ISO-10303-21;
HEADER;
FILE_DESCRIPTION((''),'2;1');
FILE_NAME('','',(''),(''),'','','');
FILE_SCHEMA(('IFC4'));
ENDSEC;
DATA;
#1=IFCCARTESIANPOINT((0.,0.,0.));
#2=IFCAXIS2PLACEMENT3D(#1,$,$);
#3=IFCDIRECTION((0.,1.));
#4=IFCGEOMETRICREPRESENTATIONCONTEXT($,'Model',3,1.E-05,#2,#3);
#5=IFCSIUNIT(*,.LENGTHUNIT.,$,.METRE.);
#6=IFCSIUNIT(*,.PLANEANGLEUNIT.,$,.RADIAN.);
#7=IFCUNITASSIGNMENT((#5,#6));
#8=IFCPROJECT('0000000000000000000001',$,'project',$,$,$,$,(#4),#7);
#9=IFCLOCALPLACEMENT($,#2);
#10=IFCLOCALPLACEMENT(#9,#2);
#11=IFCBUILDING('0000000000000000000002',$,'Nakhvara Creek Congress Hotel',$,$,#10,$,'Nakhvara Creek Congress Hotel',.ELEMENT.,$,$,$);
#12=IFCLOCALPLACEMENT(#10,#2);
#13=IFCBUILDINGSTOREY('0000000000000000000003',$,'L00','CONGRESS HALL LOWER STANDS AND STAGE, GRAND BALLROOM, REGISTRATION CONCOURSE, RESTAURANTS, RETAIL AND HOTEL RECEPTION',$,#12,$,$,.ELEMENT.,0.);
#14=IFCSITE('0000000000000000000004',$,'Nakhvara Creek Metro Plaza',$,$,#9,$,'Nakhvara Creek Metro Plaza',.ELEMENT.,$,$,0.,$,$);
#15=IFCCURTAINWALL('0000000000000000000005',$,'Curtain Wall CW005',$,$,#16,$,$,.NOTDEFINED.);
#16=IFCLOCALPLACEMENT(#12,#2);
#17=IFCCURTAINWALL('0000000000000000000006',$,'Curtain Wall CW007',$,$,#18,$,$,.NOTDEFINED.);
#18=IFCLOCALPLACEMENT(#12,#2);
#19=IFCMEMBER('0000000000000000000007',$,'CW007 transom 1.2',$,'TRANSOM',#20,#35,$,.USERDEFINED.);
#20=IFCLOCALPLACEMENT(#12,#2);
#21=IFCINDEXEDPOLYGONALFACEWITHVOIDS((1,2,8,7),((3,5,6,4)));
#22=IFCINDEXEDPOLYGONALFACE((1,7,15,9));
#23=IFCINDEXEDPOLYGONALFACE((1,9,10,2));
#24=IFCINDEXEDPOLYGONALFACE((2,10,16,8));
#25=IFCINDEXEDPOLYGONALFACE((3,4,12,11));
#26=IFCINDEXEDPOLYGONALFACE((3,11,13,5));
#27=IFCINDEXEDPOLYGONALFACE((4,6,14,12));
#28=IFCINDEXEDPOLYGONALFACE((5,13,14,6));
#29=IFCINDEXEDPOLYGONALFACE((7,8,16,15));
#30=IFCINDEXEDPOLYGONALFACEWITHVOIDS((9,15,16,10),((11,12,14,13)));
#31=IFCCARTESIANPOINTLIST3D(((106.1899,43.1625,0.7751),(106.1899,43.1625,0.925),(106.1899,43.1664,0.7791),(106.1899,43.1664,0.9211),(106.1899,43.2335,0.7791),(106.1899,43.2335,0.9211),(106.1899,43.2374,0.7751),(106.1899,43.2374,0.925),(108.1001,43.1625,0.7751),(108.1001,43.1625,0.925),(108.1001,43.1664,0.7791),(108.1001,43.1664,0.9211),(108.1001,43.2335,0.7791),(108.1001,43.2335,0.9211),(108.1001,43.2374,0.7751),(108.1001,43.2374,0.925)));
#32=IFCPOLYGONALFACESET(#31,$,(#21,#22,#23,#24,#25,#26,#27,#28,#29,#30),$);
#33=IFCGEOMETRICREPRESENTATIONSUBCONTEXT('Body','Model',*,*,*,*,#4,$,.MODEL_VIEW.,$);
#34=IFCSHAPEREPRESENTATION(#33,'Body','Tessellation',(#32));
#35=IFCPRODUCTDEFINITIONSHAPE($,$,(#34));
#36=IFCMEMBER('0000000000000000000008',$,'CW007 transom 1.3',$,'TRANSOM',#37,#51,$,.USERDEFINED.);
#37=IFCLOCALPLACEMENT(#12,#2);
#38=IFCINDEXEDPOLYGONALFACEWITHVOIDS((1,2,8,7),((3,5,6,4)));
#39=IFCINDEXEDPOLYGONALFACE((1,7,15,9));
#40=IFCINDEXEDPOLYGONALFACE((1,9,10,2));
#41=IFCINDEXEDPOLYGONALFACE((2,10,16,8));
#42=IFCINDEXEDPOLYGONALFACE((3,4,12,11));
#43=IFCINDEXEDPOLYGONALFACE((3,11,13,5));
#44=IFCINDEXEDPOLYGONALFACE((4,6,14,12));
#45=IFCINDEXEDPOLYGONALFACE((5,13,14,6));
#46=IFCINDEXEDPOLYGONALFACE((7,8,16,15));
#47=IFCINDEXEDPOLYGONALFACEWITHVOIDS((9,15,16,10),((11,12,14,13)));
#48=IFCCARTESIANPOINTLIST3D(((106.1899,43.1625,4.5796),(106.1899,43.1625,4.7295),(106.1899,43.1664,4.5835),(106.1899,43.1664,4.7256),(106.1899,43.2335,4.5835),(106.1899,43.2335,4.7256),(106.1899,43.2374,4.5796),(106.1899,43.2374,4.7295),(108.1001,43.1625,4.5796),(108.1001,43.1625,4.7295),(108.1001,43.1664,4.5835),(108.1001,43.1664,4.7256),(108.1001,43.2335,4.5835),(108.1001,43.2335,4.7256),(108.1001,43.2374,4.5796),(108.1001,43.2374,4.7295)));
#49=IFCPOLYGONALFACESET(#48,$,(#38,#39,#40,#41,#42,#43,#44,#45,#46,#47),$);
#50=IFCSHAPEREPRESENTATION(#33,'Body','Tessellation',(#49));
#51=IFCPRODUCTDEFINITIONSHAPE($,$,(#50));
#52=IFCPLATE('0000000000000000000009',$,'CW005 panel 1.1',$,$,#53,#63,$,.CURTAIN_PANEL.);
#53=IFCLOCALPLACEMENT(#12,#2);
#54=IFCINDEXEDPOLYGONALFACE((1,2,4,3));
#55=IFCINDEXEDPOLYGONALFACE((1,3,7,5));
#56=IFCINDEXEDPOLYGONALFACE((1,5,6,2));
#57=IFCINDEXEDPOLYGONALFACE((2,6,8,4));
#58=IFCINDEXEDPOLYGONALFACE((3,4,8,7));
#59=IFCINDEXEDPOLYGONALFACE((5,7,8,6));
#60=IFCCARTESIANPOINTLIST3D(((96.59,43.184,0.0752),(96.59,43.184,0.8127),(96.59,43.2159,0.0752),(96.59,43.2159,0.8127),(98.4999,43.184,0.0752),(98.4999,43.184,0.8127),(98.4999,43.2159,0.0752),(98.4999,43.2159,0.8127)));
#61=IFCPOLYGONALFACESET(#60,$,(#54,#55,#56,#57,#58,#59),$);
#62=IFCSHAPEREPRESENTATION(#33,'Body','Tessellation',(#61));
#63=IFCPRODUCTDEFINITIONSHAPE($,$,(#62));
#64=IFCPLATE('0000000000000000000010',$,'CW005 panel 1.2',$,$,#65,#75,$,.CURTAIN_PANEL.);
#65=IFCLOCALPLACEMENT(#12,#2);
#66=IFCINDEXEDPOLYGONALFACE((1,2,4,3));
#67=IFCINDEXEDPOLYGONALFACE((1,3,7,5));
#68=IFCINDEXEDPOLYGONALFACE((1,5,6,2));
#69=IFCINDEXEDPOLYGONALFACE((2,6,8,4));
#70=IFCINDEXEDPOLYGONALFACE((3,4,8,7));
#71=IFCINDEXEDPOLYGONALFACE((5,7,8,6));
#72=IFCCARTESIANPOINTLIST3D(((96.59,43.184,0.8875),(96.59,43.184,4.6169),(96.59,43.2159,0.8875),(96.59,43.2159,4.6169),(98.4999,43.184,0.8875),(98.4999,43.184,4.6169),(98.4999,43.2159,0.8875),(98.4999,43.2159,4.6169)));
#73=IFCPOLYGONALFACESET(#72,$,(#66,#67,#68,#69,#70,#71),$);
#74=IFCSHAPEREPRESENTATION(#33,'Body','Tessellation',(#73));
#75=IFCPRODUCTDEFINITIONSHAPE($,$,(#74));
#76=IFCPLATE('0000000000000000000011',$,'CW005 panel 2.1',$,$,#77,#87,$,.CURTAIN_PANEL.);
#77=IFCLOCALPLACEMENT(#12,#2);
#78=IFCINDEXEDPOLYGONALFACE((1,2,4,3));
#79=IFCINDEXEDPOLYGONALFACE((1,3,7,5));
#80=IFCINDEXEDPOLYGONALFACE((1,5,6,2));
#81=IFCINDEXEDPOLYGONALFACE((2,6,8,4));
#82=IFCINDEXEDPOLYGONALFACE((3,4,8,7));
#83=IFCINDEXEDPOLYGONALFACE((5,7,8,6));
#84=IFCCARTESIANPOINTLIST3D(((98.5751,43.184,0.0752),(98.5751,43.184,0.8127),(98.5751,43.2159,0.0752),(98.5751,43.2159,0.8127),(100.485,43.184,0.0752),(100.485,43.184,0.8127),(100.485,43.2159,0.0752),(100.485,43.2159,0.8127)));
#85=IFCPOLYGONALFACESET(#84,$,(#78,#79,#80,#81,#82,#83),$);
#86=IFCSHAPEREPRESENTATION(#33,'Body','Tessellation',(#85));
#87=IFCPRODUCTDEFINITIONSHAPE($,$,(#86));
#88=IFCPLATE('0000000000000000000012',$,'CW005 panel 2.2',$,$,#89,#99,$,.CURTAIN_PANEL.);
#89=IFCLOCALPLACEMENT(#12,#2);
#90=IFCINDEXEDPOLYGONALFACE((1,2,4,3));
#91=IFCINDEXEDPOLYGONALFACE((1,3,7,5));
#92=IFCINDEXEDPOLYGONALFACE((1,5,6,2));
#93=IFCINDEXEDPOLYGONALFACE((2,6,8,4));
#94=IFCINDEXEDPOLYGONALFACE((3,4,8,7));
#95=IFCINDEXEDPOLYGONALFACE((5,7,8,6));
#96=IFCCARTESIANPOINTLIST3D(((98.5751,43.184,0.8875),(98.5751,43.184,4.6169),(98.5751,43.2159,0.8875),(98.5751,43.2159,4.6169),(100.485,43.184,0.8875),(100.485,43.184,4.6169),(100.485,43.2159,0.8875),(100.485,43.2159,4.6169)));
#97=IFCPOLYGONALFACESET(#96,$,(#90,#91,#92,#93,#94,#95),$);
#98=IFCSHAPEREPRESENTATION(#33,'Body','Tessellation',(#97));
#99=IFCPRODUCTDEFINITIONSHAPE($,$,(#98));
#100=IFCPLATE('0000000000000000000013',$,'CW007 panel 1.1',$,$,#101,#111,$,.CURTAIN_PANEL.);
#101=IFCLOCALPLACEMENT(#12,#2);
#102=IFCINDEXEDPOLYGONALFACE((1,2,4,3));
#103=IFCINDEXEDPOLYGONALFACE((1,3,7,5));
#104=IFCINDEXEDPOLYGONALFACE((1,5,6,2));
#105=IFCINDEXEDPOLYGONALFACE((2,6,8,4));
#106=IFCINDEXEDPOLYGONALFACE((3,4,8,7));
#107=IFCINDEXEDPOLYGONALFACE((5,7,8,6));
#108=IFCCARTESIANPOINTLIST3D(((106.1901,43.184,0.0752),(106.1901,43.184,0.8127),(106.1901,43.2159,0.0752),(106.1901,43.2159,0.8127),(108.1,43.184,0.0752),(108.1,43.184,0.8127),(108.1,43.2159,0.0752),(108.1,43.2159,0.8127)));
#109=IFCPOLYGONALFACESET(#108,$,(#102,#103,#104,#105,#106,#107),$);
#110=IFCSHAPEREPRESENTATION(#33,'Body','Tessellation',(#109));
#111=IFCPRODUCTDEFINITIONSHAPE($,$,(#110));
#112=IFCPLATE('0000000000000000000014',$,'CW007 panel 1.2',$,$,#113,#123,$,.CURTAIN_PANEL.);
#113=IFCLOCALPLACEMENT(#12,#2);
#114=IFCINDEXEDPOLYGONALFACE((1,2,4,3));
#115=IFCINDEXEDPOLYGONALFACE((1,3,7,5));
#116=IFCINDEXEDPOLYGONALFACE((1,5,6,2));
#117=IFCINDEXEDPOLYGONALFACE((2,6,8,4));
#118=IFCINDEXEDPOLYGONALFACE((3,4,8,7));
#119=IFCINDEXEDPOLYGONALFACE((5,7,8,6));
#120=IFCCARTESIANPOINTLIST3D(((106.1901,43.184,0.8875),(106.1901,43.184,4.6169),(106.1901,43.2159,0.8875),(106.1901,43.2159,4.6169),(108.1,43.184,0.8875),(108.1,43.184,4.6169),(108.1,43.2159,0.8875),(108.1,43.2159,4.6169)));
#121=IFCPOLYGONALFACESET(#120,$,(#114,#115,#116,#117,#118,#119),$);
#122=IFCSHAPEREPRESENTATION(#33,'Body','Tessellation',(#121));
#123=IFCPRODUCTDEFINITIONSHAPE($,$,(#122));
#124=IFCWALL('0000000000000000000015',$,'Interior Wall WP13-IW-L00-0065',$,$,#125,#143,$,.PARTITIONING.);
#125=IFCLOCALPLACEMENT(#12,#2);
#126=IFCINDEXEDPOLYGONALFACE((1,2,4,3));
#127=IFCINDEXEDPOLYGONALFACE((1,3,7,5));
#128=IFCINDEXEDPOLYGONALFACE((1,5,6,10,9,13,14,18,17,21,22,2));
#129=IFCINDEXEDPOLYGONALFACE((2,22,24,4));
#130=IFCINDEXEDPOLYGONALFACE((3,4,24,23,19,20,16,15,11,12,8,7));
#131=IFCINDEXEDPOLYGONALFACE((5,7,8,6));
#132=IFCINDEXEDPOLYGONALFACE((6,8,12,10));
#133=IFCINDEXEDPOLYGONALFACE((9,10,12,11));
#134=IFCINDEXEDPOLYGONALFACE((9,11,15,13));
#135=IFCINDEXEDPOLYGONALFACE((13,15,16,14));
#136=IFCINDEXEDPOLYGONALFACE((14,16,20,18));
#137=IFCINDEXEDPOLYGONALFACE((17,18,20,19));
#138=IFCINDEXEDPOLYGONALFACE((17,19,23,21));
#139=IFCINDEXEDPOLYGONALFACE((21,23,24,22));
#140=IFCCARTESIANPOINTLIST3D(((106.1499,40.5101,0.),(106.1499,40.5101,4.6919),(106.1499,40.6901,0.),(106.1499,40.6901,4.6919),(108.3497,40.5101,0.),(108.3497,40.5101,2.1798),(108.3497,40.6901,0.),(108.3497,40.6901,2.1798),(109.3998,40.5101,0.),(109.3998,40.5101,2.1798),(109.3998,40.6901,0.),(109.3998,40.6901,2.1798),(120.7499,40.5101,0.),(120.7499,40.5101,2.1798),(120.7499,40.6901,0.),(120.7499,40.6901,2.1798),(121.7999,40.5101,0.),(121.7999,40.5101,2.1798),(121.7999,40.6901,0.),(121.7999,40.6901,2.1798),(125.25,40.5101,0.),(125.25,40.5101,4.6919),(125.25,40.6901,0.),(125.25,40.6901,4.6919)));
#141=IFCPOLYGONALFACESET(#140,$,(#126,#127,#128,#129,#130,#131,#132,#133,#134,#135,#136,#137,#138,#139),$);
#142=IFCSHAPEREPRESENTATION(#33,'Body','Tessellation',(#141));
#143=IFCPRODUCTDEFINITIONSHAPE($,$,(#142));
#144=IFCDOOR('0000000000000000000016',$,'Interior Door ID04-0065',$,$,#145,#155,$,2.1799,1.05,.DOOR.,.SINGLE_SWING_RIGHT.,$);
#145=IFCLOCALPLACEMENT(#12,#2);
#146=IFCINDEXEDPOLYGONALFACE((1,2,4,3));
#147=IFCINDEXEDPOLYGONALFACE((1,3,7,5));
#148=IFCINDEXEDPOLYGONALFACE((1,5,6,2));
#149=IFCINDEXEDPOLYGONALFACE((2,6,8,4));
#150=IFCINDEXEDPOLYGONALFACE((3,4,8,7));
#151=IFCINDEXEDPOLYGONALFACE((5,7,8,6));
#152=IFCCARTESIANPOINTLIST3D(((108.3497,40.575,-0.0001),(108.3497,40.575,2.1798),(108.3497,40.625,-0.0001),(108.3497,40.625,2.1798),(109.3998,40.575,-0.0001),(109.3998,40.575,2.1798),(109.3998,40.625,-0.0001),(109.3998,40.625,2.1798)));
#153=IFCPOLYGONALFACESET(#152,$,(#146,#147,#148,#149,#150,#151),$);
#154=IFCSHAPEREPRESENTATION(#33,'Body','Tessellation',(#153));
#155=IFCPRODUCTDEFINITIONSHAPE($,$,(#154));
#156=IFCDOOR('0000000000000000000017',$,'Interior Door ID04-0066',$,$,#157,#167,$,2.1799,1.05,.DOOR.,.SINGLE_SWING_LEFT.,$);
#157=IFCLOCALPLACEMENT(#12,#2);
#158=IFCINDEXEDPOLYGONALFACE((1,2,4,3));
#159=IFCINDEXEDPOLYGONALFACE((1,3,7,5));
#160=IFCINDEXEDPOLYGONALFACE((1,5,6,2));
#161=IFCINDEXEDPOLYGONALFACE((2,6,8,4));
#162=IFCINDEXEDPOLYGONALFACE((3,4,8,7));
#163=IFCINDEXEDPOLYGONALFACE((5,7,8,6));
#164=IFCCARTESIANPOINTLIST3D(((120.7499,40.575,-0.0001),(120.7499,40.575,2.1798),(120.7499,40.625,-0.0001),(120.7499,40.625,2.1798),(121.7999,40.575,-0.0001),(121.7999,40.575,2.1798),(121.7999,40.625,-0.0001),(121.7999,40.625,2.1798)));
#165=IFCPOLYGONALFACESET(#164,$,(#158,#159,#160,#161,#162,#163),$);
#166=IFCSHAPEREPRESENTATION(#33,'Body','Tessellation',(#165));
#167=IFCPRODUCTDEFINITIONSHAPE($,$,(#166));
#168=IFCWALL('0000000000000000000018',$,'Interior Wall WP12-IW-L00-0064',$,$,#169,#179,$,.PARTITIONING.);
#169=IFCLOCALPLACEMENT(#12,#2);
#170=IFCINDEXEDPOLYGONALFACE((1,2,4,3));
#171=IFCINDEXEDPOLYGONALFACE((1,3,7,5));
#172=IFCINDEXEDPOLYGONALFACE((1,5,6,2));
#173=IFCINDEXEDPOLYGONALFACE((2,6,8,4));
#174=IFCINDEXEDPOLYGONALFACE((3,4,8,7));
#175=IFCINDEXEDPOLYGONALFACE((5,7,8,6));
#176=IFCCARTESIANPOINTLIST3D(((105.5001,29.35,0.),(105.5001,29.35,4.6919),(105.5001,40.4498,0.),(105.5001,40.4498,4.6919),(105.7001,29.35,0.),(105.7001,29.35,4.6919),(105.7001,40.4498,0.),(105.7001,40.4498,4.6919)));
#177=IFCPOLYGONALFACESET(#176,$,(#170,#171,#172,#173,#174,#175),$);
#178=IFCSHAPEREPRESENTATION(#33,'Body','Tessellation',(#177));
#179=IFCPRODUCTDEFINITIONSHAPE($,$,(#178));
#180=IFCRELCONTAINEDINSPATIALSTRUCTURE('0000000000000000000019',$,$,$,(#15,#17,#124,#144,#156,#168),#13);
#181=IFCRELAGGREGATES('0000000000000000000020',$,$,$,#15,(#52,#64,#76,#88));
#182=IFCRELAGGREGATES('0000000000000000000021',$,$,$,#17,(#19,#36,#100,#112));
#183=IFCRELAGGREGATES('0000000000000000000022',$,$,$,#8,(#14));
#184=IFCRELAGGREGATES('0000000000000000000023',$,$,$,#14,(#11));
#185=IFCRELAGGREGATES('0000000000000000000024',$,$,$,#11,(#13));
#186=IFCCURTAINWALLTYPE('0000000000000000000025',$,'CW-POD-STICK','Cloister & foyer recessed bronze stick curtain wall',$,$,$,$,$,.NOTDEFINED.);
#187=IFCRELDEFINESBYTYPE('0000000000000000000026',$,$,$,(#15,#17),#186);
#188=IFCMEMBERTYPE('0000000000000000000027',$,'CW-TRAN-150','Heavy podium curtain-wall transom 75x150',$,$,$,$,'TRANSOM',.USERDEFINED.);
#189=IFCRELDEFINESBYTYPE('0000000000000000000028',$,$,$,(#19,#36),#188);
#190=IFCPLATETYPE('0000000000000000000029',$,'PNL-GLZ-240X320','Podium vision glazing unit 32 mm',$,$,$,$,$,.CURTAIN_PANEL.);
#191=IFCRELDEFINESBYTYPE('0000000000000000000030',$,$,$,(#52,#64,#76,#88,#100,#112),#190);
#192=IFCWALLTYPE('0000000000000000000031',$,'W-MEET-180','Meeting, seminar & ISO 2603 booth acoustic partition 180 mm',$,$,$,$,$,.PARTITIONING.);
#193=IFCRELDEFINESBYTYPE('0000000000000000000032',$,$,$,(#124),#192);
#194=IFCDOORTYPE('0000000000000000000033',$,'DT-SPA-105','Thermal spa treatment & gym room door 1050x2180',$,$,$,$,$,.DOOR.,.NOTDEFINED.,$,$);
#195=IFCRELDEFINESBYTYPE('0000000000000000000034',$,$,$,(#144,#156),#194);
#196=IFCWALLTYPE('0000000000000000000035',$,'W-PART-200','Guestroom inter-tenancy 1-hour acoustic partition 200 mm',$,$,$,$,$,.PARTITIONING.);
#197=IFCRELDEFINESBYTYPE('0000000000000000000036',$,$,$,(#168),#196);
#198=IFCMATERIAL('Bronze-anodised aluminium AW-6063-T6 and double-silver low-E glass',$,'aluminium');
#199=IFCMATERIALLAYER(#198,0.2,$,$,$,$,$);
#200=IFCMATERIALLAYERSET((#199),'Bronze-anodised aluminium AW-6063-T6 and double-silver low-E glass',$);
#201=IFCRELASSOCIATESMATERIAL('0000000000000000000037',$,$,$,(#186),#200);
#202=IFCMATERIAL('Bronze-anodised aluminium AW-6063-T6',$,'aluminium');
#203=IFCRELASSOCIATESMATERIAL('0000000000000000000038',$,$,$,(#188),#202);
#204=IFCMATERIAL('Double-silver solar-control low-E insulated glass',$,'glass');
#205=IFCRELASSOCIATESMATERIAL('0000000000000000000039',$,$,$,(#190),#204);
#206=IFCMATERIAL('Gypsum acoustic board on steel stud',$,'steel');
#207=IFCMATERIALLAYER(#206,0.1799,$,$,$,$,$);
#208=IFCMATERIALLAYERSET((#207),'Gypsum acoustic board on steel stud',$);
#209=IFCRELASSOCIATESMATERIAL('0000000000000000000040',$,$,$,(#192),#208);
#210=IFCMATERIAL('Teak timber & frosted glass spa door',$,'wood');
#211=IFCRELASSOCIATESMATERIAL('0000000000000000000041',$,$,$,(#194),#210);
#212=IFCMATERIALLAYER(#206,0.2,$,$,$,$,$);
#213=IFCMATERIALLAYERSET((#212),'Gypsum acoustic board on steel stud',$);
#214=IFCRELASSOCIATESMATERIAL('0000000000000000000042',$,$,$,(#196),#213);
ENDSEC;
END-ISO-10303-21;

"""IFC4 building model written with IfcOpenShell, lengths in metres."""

from ifc_helpers import new_model, si_unit, direction, frame, frame_2d, origin, origin_2d, place, context, subcontext, project, spatial, rectangle, hollow_rectangle, extrude, material, layer, layer_set, material_profile, profile_set, type_object, element, fill, aggregate, save


model = new_model("IFC4")

# Units and contexts
model_context = context("Model", 3, precision=1e-05, world=origin(), true_north=direction((0.0, 1.0)))
body_context = subcontext(model_context, "Body", "Model", "MODEL_VIEW")
ifc_project = project(units=[si_unit("LENGTHUNIT", "METRE"), si_unit("PLANEANGLEUNIT", "RADIAN")], contexts=[model_context])

# Site, building, storey
site_placement = place(None, origin())
site = spatial("IfcSite", under=ifc_project, at=site_placement, Name="Nakhvara Creek Metro Plaza", LongName="Nakhvara Creek Metro Plaza", CompositionType="ELEMENT", RefElevation=0.0)
building_placement = place(site_placement, origin())
building = spatial("IfcBuilding", under=site, at=building_placement, Name="Nakhvara Creek Congress Hotel", LongName="Nakhvara Creek Congress Hotel", CompositionType="ELEMENT")
storey_placement = place(building_placement, origin())
storey = spatial("IfcBuildingStorey", under=building, at=storey_placement, Name="L00", Description="CONGRESS HALL LOWER STANDS AND STAGE, GRAND BALLROOM, REGISTRATION CONCOURSE, RESTAURANTS, RETAIL AND HOTEL RECEPTION", CompositionType="ELEMENT", Elevation=0.0)

# Curtain wall
ifc_material_1 = material(Name="Bronze-anodised aluminium AW-6063-T6 and double-silver low-E glass", Category="aluminium")
ifc_layer_1 = layer(ifc_material_1, 0.2)
ifc_layer_set_1 = layer_set([ifc_layer_1], Name="Bronze-anodised aluminium AW-6063-T6 and double-silver low-E glass")
curtain_wall_type = type_object("IfcCurtainWallType", Name="CW-POD-STICK", Description="Cloister & foyer recessed bronze stick curtain wall", PredefinedType="NOTDEFINED", material=ifc_layer_set_1)
curtain_wall_1_placement = place(storey_placement, origin())
curtain_wall_1 = element("IfcCurtainWall", 1, at=curtain_wall_1_placement, inside=storey, type_object=curtain_wall_type, Name="Curtain Wall CW005", PredefinedType="NOTDEFINED")
ifc_material_2 = material(Name="Bronze-anodised aluminium AW-6063-T6", Category="aluminium")

# Curtain wall
curtain_wall_2_placement = place(storey_placement, origin())
curtain_wall_2 = element("IfcCurtainWall", 2, at=curtain_wall_2_placement, inside=storey, type_object=curtain_wall_type, Name="Curtain Wall CW007", PredefinedType="NOTDEFINED")

# Members
ifc_material_profile_1 = material_profile(ifc_material_2, hollow_rectangle(XDim=0.075, YDim=0.1499, WallThickness=0.0039, at=origin_2d()), Name="ALU-TRAN 75x150x4", Category="LoadBearing")
ifc_profile_set_1 = profile_set([ifc_material_profile_1], Name="Bronze-anodised aluminium AW-6063-T6")
member_type_1 = type_object("IfcMemberType", Name="CW-TRAN-150", Description="Heavy podium curtain-wall transom 75x150", ElementType="TRANSOM", PredefinedType="USERDEFINED", material=ifc_profile_set_1)
member_1_placement = place(storey_placement, frame((106.1899, 43.2, 0.8501), z_axis=(1.0, 0.0, 0.0), x_axis=(0.0, 1.0, 0.0)))
member_1 = element("IfcMember", 3, at=member_1_placement, type_object=member_type_1, Name="CW007 transom 1.2", ObjectType="TRANSOM", PredefinedType="USERDEFINED", context=body_context, shape_type="SweptSolid", body=[
    extrude(hollow_rectangle(XDim=0.075, YDim=0.1499, WallThickness=0.0039, at=origin_2d()), origin(), (0.0, 0.0, 1.0), 1.9102),
])
member_2_placement = place(storey_placement, frame((106.1899, 43.2, 4.6545), z_axis=(1.0, 0.0, 0.0), x_axis=(0.0, 1.0, 0.0)))
member_2 = element("IfcMember", 4, at=member_2_placement, type_object=member_type_1, Name="CW007 transom 1.3", ObjectType="TRANSOM", PredefinedType="USERDEFINED", context=body_context, shape_type="SweptSolid", body=[
    extrude(hollow_rectangle(XDim=0.075, YDim=0.1499, WallThickness=0.0039, at=origin_2d()), origin(), (0.0, 0.0, 1.0), 1.9102),
])

# Plates
ifc_material_3 = material(Name="Double-silver solar-control low-E insulated glass", Category="glass")
plate_type = type_object("IfcPlateType", Name="PNL-GLZ-240X320", Description="Podium vision glazing unit 32 mm", PredefinedType="CURTAIN_PANEL", material=ifc_material_3)
plate_1_placement = place(storey_placement, frame((97.5449, 43.2, 0.0752), z_axis=(0.0, 0.0, 1.0), x_axis=(1.0, 0.0, 0.0)))
plate_1 = element("IfcPlate", 5, at=plate_1_placement, type_object=plate_type, Name="CW005 panel 1.1", PredefinedType="CURTAIN_PANEL", context=body_context, shape_type="SweptSolid", body=[
    extrude(rectangle(XDim=1.9099, YDim=0.032, at=origin_2d()), origin(), (0.0, 0.0, 1.0), 0.7375),
])
plate_2_placement = place(storey_placement, frame((97.5449, 43.2, 0.8875), z_axis=(0.0, 0.0, 1.0), x_axis=(1.0, 0.0, 0.0)))
plate_2 = element("IfcPlate", 6, at=plate_2_placement, type_object=plate_type, Name="CW005 panel 1.2", PredefinedType="CURTAIN_PANEL", context=body_context, shape_type="SweptSolid", body=[
    extrude(rectangle(XDim=1.9099, YDim=0.032, at=origin_2d()), origin(), (0.0, 0.0, 1.0), 3.7295),
])
plate_3_placement = place(storey_placement, frame((99.53, 43.2, 0.0752), z_axis=(0.0, 0.0, 1.0), x_axis=(1.0, 0.0, 0.0)))
plate_3 = element("IfcPlate", 7, at=plate_3_placement, type_object=plate_type, Name="CW005 panel 2.1", PredefinedType="CURTAIN_PANEL", context=body_context, shape_type="SweptSolid", body=[
    extrude(rectangle(XDim=1.9099, YDim=0.032, at=origin_2d()), origin(), (0.0, 0.0, 1.0), 0.7375),
])
plate_4_placement = place(storey_placement, frame((99.53, 43.2, 0.8875), z_axis=(0.0, 0.0, 1.0), x_axis=(1.0, 0.0, 0.0)))
plate_4 = element("IfcPlate", 8, at=plate_4_placement, type_object=plate_type, Name="CW005 panel 2.2", PredefinedType="CURTAIN_PANEL", context=body_context, shape_type="SweptSolid", body=[
    extrude(rectangle(XDim=1.9099, YDim=0.032, at=origin_2d()), origin(), (0.0, 0.0, 1.0), 3.7295),
])
aggregate(curtain_wall_1, [plate_1, plate_2, plate_3, plate_4])
plate_5_placement = place(storey_placement, frame((107.145, 43.2, 0.0752), z_axis=(0.0, 0.0, 1.0), x_axis=(1.0, 0.0, 0.0)))
plate_5 = element("IfcPlate", 9, at=plate_5_placement, type_object=plate_type, Name="CW007 panel 1.1", PredefinedType="CURTAIN_PANEL", context=body_context, shape_type="SweptSolid", body=[
    extrude(rectangle(XDim=1.9099, YDim=0.032, at=origin_2d()), origin(), (0.0, 0.0, 1.0), 0.7375),
])
plate_6_placement = place(storey_placement, frame((107.145, 43.2, 0.8875), z_axis=(0.0, 0.0, 1.0), x_axis=(1.0, 0.0, 0.0)))
plate_6 = element("IfcPlate", 10, at=plate_6_placement, type_object=plate_type, Name="CW007 panel 1.2", PredefinedType="CURTAIN_PANEL", context=body_context, shape_type="SweptSolid", body=[
    extrude(rectangle(XDim=1.9099, YDim=0.032, at=origin_2d()), origin(), (0.0, 0.0, 1.0), 3.7295),
])
aggregate(curtain_wall_2, [member_1, member_2, plate_5, plate_6])

# Wall, openings, doors
ifc_material_4 = material(Name="Gypsum acoustic board on steel stud", Category="steel")
ifc_layer_2 = layer(ifc_material_4, 0.1799)
ifc_layer_set_2 = layer_set([ifc_layer_2], Name="Gypsum acoustic board on steel stud")
wall_type_1 = type_object("IfcWallType", Name="W-MEET-180", Description="Meeting, seminar & ISO 2603 booth acoustic partition 180 mm", PredefinedType="PARTITIONING", material=ifc_layer_set_2)
wall_1_placement = place(storey_placement, frame((106.1499, 40.6001, 0.0), z_axis=(0.0, 0.0, 1.0), x_axis=(1.0, 0.0, 0.0)))
wall_1 = element("IfcWall", 11, at=wall_1_placement, inside=storey, type_object=wall_type_1, Name="Interior Wall WP13-IW-L00-0065", PredefinedType="PARTITIONING", context=body_context, shape_type="SweptSolid", body=[
    extrude(rectangle(XDim=19.1001, YDim=0.1799, at=frame_2d((9.55, 0.0))), origin(), (0.0, 0.0, 1.0), 4.6919),
])
opening_1_placement = place(wall_1_placement, frame((2.2, 0.0, 0.0)))
opening_1 = element("IfcOpeningElement", 12, at=opening_1_placement, cuts=wall_1, PredefinedType="OPENING", context=body_context, shape_type="SweptSolid", body=[
    extrude(rectangle(XDim=1.05, YDim=2.1799, at=frame_2d((0.5249, 1.0898))), frame((0.0, 0.1021, 0.0), z_axis=(0.0, -1.0, 0.0), x_axis=(1.0, 0.0, 0.0)), (0.0, 0.0, 1.0), 0.2039),
])
opening_2_placement = place(wall_1_placement, frame((14.6001, 0.0, 0.0)))
opening_2 = element("IfcOpeningElement", 13, at=opening_2_placement, cuts=wall_1, PredefinedType="OPENING", context=body_context, shape_type="SweptSolid", body=[
    extrude(rectangle(XDim=1.05, YDim=2.1799, at=frame_2d((0.5249, 1.0898))), frame((0.0, 0.1021, 0.0), z_axis=(0.0, -1.0, 0.0), x_axis=(1.0, 0.0, 0.0)), (0.0, 0.0, 1.0), 0.2039),
])
ifc_material_5 = material(Name="Teak timber & frosted glass spa door", Category="wood")
door_type = type_object("IfcDoorType", Name="DT-SPA-105", Description="Thermal spa treatment & gym room door 1050x2180", OperationType="NOTDEFINED", PredefinedType="DOOR", material=ifc_material_5)
door_1_placement = place(opening_1_placement, origin())
door_1 = element("IfcDoor", 14, at=door_1_placement, inside=storey, type_object=door_type, Name="Interior Door ID04-0065", OperationType="SINGLE_SWING_RIGHT", OverallHeight=2.1799, OverallWidth=1.05, PredefinedType="DOOR", context=body_context, shape_type="SweptSolid", body=[
    extrude(rectangle(XDim=1.05, YDim=2.1799, at=frame_2d((0.5249, 1.0898))), frame((0.0, 0.0249, 0.0), z_axis=(0.0, -1.0, 0.0), x_axis=(1.0, 0.0, 0.0)), (0.0, 0.0, 1.0), 0.05),
])
fill(opening_1, door_1)
door_2_placement = place(opening_2_placement, origin())
door_2 = element("IfcDoor", 15, at=door_2_placement, inside=storey, type_object=door_type, Name="Interior Door ID04-0066", OperationType="SINGLE_SWING_LEFT", OverallHeight=2.1799, OverallWidth=1.05, PredefinedType="DOOR", context=body_context, shape_type="SweptSolid", body=[
    extrude(rectangle(XDim=1.05, YDim=2.1799, at=frame_2d((0.5249, 1.0898))), frame((0.0, 0.0249, 0.0), z_axis=(0.0, -1.0, 0.0), x_axis=(1.0, 0.0, 0.0)), (0.0, 0.0, 1.0), 0.05),
])
fill(opening_2, door_2)

# Wall
ifc_layer_3 = layer(ifc_material_4, 0.2)
ifc_layer_set_3 = layer_set([ifc_layer_3], Name="Gypsum acoustic board on steel stud")
wall_type_2 = type_object("IfcWallType", Name="W-PART-200", Description="Guestroom inter-tenancy 1-hour acoustic partition 200 mm", PredefinedType="PARTITIONING", material=ifc_layer_set_3)
wall_2_placement = place(storey_placement, frame((105.6001, 29.3501, 0.0), z_axis=(0.0, 0.0, 1.0), x_axis=(0.0, 1.0, 0.0)))
element("IfcWall", 16, at=wall_2_placement, inside=storey, type_object=wall_type_2, Name="Interior Wall WP12-IW-L00-0064", PredefinedType="PARTITIONING", context=body_context, shape_type="SweptSolid", body=[
    extrude(rectangle(XDim=11.0999, YDim=0.2, at=frame_2d((5.5498, 0.0))), origin(), (0.0, 0.0, 1.0), 4.6919),
])

save(model, "model.ifc")
